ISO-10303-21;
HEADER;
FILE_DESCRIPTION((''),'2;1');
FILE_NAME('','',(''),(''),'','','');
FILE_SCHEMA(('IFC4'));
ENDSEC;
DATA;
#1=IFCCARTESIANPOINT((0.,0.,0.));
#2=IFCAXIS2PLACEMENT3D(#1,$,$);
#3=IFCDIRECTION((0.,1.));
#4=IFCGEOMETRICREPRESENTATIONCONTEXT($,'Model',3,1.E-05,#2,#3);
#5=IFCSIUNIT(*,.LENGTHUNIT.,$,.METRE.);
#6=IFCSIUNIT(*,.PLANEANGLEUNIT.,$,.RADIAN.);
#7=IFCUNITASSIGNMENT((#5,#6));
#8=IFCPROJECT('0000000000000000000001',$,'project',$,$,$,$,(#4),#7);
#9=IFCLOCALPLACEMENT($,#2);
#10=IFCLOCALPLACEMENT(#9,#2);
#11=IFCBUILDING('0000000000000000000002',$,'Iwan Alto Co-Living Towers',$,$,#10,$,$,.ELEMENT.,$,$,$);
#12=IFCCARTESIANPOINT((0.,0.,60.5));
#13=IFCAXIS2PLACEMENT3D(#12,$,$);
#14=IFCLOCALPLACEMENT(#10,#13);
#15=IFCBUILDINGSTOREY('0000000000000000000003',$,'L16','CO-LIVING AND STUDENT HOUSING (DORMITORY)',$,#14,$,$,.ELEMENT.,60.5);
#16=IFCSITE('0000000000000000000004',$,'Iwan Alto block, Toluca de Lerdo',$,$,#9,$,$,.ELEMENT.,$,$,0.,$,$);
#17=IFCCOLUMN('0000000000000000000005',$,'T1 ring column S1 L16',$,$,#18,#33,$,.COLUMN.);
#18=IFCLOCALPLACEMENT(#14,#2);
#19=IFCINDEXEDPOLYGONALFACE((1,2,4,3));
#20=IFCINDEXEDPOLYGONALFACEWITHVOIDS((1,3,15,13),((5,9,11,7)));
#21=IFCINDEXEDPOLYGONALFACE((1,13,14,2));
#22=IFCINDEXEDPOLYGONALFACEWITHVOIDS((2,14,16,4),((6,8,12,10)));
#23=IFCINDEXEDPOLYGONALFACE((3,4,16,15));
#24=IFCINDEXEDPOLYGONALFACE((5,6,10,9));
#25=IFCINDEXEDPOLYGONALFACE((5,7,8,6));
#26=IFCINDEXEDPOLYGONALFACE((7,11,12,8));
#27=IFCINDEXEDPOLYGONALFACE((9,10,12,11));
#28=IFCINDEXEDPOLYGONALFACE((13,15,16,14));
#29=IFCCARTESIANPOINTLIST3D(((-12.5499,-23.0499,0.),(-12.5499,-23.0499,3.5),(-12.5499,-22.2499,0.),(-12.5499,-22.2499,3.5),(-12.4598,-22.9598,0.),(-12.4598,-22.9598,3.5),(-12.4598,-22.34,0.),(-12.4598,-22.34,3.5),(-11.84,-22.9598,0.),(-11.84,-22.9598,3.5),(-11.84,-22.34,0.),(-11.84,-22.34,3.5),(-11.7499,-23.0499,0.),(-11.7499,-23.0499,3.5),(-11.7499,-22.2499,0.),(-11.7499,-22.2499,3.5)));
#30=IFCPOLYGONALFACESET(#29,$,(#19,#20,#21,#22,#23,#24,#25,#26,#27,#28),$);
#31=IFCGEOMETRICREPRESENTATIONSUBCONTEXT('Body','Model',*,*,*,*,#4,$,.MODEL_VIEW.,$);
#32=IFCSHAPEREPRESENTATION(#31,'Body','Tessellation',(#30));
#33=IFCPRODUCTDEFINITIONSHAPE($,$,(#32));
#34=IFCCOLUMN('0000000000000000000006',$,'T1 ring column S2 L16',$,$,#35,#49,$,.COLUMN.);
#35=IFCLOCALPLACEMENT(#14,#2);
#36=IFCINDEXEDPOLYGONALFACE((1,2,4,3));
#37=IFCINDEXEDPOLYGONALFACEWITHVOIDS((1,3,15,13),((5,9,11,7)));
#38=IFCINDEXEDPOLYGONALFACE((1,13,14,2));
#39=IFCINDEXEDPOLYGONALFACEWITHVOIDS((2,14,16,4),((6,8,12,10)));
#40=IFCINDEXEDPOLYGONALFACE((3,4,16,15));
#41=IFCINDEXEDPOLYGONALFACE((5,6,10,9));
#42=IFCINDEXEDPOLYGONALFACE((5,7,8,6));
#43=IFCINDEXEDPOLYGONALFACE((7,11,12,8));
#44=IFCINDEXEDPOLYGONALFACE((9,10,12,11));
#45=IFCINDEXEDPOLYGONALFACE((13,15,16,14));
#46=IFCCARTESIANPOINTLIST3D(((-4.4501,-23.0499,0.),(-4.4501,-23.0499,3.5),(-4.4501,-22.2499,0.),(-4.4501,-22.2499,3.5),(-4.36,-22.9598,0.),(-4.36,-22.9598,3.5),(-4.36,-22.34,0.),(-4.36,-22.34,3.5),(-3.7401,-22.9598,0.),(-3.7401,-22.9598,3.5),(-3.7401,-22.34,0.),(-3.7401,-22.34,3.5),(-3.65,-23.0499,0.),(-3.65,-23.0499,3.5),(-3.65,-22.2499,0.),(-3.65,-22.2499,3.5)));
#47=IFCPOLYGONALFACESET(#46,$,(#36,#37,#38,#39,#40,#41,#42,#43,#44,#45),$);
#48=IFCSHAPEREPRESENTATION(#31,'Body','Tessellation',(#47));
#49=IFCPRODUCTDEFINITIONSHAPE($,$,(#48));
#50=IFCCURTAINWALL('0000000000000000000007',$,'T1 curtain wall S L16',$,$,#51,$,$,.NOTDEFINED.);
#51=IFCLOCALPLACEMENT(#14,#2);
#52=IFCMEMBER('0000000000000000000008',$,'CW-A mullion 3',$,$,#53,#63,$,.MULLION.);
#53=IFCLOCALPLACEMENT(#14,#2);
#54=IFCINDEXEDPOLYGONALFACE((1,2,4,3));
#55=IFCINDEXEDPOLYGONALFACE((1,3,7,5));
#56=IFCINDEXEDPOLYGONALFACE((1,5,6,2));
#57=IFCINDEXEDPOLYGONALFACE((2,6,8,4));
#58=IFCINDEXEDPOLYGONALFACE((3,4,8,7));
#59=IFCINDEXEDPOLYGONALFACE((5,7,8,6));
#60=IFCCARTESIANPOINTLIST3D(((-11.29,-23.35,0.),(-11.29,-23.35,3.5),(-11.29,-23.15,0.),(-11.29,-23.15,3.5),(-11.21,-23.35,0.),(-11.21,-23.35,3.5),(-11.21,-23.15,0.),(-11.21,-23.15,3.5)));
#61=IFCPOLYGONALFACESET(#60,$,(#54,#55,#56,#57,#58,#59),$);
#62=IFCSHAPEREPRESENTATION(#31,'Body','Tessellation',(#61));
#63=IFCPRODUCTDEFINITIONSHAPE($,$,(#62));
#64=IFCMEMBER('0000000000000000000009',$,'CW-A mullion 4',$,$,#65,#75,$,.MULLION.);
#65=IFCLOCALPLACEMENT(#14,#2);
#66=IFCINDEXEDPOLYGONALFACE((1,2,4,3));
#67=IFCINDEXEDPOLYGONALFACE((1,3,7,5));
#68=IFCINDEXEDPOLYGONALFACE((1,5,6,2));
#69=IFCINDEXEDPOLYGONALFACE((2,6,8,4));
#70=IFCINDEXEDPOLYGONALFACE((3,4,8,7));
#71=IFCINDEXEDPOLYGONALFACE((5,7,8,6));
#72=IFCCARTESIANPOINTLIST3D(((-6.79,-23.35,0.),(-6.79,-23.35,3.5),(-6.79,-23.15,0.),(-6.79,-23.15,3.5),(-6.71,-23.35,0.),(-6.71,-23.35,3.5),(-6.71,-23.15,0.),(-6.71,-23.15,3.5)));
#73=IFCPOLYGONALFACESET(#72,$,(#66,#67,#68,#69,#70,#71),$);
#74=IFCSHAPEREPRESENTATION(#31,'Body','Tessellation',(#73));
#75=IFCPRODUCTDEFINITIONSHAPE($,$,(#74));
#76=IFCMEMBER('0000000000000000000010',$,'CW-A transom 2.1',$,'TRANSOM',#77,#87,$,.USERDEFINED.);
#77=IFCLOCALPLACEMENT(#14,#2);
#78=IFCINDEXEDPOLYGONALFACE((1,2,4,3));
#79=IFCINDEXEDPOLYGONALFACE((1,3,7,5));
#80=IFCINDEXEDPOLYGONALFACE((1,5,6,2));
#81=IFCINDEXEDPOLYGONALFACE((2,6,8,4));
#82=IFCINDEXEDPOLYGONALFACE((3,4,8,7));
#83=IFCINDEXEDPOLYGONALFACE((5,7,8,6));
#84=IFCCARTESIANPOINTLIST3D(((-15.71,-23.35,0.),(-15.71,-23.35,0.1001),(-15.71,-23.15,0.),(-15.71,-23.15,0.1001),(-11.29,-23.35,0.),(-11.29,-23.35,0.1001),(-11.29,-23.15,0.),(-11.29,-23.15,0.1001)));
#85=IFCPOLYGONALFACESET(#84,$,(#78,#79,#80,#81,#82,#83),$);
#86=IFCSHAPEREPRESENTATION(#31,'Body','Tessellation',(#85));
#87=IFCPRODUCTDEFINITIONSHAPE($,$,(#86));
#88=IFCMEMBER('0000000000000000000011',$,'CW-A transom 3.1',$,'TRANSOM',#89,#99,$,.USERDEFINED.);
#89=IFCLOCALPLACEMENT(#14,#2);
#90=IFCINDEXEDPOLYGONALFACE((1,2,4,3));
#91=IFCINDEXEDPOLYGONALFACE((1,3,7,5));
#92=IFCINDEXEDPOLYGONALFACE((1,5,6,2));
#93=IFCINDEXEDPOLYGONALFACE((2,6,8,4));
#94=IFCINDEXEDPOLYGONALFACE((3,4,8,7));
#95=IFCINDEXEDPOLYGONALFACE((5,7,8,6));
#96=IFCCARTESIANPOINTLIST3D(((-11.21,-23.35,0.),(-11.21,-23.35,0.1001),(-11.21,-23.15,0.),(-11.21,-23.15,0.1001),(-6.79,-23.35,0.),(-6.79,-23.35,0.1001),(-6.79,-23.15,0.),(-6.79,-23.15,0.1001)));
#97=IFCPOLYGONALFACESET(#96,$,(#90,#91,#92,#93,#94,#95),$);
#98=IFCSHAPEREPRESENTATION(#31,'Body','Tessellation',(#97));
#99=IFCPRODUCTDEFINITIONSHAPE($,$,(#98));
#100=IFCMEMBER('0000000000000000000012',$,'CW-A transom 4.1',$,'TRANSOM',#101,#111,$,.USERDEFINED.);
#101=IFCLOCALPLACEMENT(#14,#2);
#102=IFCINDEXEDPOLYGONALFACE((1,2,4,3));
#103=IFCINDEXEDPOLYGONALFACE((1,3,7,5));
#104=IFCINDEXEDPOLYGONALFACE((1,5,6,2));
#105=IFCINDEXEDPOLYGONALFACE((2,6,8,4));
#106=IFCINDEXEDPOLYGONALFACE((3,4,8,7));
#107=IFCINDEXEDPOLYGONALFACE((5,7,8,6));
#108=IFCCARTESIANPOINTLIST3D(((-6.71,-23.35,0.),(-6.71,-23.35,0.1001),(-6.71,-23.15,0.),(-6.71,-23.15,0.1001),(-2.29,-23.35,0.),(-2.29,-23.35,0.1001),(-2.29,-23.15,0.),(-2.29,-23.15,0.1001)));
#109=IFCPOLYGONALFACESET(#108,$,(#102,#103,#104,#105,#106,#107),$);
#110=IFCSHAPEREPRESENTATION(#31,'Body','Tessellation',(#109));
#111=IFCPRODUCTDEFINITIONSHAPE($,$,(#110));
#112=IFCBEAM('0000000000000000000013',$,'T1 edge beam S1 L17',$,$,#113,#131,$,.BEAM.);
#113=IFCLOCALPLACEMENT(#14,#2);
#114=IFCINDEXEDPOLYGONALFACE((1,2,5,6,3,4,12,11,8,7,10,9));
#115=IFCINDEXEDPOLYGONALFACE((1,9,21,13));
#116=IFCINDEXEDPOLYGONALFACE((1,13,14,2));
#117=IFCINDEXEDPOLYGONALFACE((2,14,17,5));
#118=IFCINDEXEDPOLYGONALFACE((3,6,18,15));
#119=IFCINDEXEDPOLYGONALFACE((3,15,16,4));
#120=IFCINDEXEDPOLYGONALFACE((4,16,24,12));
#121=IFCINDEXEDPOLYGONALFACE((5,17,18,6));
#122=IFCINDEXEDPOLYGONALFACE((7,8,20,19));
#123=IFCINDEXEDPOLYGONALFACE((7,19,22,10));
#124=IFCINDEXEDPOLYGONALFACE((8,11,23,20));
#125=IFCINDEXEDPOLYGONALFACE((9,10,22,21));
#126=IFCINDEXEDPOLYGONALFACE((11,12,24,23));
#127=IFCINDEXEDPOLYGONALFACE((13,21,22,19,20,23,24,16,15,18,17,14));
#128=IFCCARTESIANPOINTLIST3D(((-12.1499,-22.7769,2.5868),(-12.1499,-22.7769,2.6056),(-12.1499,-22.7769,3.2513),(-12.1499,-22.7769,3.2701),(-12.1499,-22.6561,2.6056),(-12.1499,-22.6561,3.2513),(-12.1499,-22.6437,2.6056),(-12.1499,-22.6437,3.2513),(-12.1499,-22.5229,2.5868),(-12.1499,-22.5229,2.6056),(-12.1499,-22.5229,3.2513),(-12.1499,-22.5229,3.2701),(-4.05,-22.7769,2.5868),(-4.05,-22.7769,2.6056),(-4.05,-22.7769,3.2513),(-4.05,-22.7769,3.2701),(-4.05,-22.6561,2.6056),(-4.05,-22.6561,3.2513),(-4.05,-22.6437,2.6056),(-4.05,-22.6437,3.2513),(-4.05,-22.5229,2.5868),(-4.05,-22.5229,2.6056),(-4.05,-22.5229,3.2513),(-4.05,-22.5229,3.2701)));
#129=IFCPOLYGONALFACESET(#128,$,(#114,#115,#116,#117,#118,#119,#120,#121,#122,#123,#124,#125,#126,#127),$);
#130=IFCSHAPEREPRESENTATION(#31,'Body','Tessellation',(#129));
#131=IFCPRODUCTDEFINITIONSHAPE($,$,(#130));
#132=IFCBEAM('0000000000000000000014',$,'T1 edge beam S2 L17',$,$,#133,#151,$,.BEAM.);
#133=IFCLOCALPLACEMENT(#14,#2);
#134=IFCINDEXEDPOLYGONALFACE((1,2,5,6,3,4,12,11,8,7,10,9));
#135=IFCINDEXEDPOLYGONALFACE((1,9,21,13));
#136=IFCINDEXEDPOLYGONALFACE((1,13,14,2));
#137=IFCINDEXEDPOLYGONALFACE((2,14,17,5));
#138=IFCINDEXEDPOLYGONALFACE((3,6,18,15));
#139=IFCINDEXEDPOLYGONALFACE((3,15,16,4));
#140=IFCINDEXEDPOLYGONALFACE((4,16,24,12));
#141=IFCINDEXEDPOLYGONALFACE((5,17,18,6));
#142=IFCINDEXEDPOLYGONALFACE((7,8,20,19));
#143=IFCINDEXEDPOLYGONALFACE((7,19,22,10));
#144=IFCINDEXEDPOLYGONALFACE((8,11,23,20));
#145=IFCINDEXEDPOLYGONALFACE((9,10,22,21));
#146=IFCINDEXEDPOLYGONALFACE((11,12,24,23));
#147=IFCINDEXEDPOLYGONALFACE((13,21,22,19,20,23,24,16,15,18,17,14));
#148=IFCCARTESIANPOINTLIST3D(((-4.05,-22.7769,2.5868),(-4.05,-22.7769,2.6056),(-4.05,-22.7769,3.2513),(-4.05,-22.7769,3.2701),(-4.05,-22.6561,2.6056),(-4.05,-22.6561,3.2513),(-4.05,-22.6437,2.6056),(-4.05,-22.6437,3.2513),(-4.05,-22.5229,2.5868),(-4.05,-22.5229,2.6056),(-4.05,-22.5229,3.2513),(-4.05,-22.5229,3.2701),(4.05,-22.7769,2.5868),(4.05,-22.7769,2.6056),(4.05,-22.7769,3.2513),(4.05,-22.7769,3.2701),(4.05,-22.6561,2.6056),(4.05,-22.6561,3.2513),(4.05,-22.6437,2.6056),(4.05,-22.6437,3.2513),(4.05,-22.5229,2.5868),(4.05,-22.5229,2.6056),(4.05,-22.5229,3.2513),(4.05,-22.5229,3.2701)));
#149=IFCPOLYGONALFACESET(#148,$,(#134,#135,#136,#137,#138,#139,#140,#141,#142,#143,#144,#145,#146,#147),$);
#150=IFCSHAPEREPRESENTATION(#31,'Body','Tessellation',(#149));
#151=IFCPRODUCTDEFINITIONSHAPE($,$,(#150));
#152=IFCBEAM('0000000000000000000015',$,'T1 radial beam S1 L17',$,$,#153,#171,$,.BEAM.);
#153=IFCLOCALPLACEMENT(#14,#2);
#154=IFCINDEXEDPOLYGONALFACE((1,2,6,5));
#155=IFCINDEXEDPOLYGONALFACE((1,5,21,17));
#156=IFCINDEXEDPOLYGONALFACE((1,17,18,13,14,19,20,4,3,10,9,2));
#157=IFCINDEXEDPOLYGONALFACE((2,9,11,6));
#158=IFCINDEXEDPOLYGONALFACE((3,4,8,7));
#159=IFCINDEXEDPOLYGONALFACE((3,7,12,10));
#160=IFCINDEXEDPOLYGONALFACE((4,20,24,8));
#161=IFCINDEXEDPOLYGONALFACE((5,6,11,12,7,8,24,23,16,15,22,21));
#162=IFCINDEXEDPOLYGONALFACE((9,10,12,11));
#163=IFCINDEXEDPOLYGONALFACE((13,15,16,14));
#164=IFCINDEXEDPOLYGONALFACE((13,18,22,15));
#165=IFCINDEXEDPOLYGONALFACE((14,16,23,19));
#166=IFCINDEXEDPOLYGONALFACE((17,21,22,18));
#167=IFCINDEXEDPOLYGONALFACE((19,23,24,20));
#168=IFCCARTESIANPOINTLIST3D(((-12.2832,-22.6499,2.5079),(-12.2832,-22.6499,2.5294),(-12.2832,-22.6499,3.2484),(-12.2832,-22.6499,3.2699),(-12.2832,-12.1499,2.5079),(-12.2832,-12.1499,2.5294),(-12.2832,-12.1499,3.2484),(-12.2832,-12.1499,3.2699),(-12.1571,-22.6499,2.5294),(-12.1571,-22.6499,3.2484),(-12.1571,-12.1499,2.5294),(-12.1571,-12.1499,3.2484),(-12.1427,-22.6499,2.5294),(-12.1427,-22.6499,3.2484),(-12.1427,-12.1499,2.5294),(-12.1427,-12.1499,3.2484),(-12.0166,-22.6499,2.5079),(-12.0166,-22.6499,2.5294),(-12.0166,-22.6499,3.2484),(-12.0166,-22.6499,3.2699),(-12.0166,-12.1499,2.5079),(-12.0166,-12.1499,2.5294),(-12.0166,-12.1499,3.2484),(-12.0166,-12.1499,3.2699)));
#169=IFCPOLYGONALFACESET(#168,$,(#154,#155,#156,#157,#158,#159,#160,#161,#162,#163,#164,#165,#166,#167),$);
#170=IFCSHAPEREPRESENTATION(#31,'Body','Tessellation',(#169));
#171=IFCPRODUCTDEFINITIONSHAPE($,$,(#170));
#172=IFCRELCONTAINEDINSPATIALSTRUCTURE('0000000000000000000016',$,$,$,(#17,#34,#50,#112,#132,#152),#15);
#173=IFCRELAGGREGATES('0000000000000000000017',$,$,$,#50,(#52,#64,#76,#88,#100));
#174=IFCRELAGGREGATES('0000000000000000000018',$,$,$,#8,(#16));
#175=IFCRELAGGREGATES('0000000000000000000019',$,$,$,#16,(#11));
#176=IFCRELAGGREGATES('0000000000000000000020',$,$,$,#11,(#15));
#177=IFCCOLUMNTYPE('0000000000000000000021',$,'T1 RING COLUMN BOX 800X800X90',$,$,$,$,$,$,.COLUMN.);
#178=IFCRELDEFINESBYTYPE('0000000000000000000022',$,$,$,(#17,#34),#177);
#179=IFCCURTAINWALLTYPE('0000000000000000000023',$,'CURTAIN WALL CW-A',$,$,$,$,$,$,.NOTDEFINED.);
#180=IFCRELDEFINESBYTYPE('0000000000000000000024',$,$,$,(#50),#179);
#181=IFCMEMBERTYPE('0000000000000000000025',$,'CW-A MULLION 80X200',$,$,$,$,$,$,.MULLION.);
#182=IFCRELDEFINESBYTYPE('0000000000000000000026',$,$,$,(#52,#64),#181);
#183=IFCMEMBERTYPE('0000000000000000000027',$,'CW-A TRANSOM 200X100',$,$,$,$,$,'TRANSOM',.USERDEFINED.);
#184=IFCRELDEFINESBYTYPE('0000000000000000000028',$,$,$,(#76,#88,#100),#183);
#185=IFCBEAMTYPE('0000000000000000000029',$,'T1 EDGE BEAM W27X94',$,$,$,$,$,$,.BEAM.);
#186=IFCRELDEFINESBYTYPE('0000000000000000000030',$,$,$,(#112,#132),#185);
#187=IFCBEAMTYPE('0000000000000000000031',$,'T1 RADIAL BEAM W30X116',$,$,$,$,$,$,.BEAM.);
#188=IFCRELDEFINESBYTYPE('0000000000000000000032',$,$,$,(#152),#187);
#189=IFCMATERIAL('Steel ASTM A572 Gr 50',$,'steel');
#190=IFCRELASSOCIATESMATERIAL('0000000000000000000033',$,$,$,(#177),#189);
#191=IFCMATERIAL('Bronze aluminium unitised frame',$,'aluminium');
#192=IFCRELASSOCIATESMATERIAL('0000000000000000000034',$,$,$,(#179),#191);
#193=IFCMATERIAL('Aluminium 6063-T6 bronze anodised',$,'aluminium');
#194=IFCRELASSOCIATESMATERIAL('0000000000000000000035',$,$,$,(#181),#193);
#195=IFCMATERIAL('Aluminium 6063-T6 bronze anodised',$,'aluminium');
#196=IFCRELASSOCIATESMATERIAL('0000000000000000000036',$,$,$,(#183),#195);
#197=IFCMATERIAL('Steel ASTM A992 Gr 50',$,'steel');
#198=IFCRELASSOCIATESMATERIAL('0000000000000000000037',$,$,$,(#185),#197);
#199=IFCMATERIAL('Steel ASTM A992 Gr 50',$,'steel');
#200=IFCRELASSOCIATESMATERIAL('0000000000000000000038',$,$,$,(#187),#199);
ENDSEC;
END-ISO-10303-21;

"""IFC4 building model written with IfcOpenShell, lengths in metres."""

from ifc_helpers import new_model, si_unit, direction, frame, origin, origin_2d, place, context, subcontext, project, spatial, rectangle, hollow_rectangle, i_section, extrude, material, material_profile, profile_set, type_object, element, aggregate, save


model = new_model("IFC4")

# Units and contexts
model_context = context("Model", 3, precision=1e-05, world=origin(), true_north=direction((0.0, 1.0)))
body_context = subcontext(model_context, "Body", "Model", "MODEL_VIEW")
ifc_project = project(units=[si_unit("LENGTHUNIT", "METRE"), si_unit("PLANEANGLEUNIT", "RADIAN")], contexts=[model_context])

# Site, building, storey
site_placement = place(None, origin())
site = spatial("IfcSite", under=ifc_project, at=site_placement, Name="Iwan Alto block, Toluca de Lerdo", CompositionType="ELEMENT", RefElevation=0.0)
building_placement = place(site_placement, origin())
building = spatial("IfcBuilding", under=site, at=building_placement, Name="Iwan Alto Co-Living Towers", CompositionType="ELEMENT")
storey_placement = place(building_placement, frame((0.0, 0.0, 60.5)))
storey = spatial("IfcBuildingStorey", under=building, at=storey_placement, Name="L16", Description="CO-LIVING AND STUDENT HOUSING (DORMITORY)", CompositionType="ELEMENT", Elevation=60.5)

# Columns
ifc_material_1 = material(Name="Steel ASTM A572 Gr 50", Category="steel")
ifc_material_profile_1 = material_profile(ifc_material_1, hollow_rectangle(XDim=0.8, YDim=0.8, WallThickness=0.0901, at=origin_2d()), Name="BOX 800X800X90")
ifc_profile_set_1 = profile_set([ifc_material_profile_1], Name="Steel ASTM A572 Gr 50")
column_type = type_object("IfcColumnType", Name="T1 RING COLUMN BOX 800X800X90", PredefinedType="COLUMN", material=ifc_profile_set_1)
for number, where, z_axis, x_axis, name in (
    (1, (-12.1499, -22.6499, 0.0), (0.0, 0.0, 1.0), (1.0, 0.0, 0.0), "T1 ring column S1 L16"),
    (2, (-4.05, -22.6499, 0.0), (0.0, 0.0, 1.0), (1.0, 0.0, 0.0), "T1 ring column S2 L16"),
):
    element("IfcColumn", number, at=place(storey_placement, frame(where, z_axis=z_axis, x_axis=x_axis)), inside=storey, type_object=column_type, Name=name, PredefinedType="COLUMN", context=body_context, shape_type="SweptSolid", body=[
        extrude(hollow_rectangle(XDim=0.8, YDim=0.8, WallThickness=0.0901, at=origin_2d()), origin(), (0.0, 0.0, 1.0), 3.5),
    ])

# Curtain wall, members
ifc_material_2 = material(Name="Bronze aluminium unitised frame", Category="aluminium")
curtain_wall_type = type_object("IfcCurtainWallType", Name="CURTAIN WALL CW-A", PredefinedType="NOTDEFINED", material=ifc_material_2)
curtain_wall_placement = place(storey_placement, origin())
curtain_wall = element("IfcCurtainWall", 3, at=curtain_wall_placement, inside=storey, type_object=curtain_wall_type, Name="T1 curtain wall S L16", PredefinedType="NOTDEFINED")
ifc_material_3 = material(Name="Aluminium 6063-T6 bronze anodised", Category="aluminium")
ifc_material_profile_2 = material_profile(ifc_material_3, rectangle(XDim=0.2, YDim=0.0801, at=origin_2d()), Name="AL 80X200")
ifc_profile_set_2 = profile_set([ifc_material_profile_2], Name="Aluminium 6063-T6 bronze anodised")
member_type_1 = type_object("IfcMemberType", Name="CW-A MULLION 80X200", PredefinedType="MULLION", material=ifc_profile_set_2)
member_1_placement = place(storey_placement, frame((-11.25, -23.25, 0.0), z_axis=(0.0, 0.0, 1.0), x_axis=(0.0, 1.0, 0.0)))
member_1 = element("IfcMember", 4, at=member_1_placement, type_object=member_type_1, Name="CW-A mullion 3", PredefinedType="MULLION", context=body_context, shape_type="SweptSolid", body=[
    extrude(rectangle(XDim=0.2, YDim=0.0801, at=origin_2d()), origin(), (0.0, 0.0, 1.0), 3.5),
])
member_2_placement = place(storey_placement, frame((-6.75, -23.25, 0.0), z_axis=(0.0, 0.0, 1.0), x_axis=(0.0, 1.0, 0.0)))
member_2 = element("IfcMember", 5, at=member_2_placement, type_object=member_type_1, Name="CW-A mullion 4", PredefinedType="MULLION", context=body_context, shape_type="SweptSolid", body=[
    extrude(rectangle(XDim=0.2, YDim=0.0801, at=origin_2d()), origin(), (0.0, 0.0, 1.0), 3.5),
])
ifc_material_4 = material(Name="Aluminium 6063-T6 bronze anodised", Category="aluminium")
ifc_material_profile_3 = material_profile(ifc_material_4, rectangle(XDim=0.2, YDim=0.1001, at=origin_2d()), Name="AL 200X100")
ifc_profile_set_3 = profile_set([ifc_material_profile_3], Name="Aluminium 6063-T6 bronze anodised")
member_type_2 = type_object("IfcMemberType", Name="CW-A TRANSOM 200X100", ElementType="TRANSOM", PredefinedType="USERDEFINED", material=ifc_profile_set_3)
member_3_placement = place(storey_placement, frame((-15.71, -23.25, 0.05), z_axis=(1.0, 0.0, 0.0), x_axis=(0.0, 1.0, 0.0)))
member_3 = element("IfcMember", 6, at=member_3_placement, type_object=member_type_2, Name="CW-A transom 2.1", ObjectType="TRANSOM", PredefinedType="USERDEFINED", context=body_context, shape_type="SweptSolid", body=[
    extrude(rectangle(XDim=0.2, YDim=0.1001, at=origin_2d()), origin(), (0.0, 0.0, 1.0), 4.4199),
])
member_4_placement = place(storey_placement, frame((-11.21, -23.25, 0.05), z_axis=(1.0, 0.0, 0.0), x_axis=(0.0, 1.0, 0.0)))
member_4 = element("IfcMember", 7, at=member_4_placement, type_object=member_type_2, Name="CW-A transom 3.1", ObjectType="TRANSOM", PredefinedType="USERDEFINED", context=body_context, shape_type="SweptSolid", body=[
    extrude(rectangle(XDim=0.2, YDim=0.1001, at=origin_2d()), origin(), (0.0, 0.0, 1.0), 4.4199),
])
member_5_placement = place(storey_placement, frame((-6.71, -23.25, 0.05), z_axis=(1.0, 0.0, 0.0), x_axis=(0.0, 1.0, 0.0)))
member_5 = element("IfcMember", 8, at=member_5_placement, type_object=member_type_2, Name="CW-A transom 4.1", ObjectType="TRANSOM", PredefinedType="USERDEFINED", context=body_context, shape_type="SweptSolid", body=[
    extrude(rectangle(XDim=0.2, YDim=0.1001, at=origin_2d()), origin(), (0.0, 0.0, 1.0), 4.4199),
])

# Beams
ifc_material_5 = material(Name="Steel ASTM A992 Gr 50", Category="steel")
ifc_material_profile_4 = material_profile(ifc_material_5, i_section(OverallWidth=0.2539, OverallDepth=0.6833, WebThickness=0.0125, FlangeThickness=0.0188, at=origin_2d()), Name="W27X94")
ifc_profile_set_4 = profile_set([ifc_material_profile_4], Name="Steel ASTM A992 Gr 50")
beam_type_1 = type_object("IfcBeamType", Name="T1 EDGE BEAM W27X94", PredefinedType="BEAM", material=ifc_profile_set_4)
beam_1_placement = place(storey_placement, frame((-12.1499, -22.6499, 2.9285), z_axis=(1.0, 0.0, 0.0), x_axis=(0.0, 1.0, 0.0)))
element("IfcBeam", 9, at=beam_1_placement, inside=storey, type_object=beam_type_1, Name="T1 edge beam S1 L17", PredefinedType="BEAM", context=body_context, shape_type="SweptSolid", body=[
    extrude(i_section(OverallWidth=0.2539, OverallDepth=0.6833, WebThickness=0.0125, FlangeThickness=0.0188, at=origin_2d()), origin(), (0.0, 0.0, 1.0), 8.0999),
])
beam_2_placement = place(storey_placement, frame((-4.05, -22.6499, 2.9285), z_axis=(1.0, 0.0, 0.0), x_axis=(0.0, 1.0, 0.0)))
element("IfcBeam", 10, at=beam_2_placement, inside=storey, type_object=beam_type_1, Name="T1 edge beam S2 L17", PredefinedType="BEAM", context=body_context, shape_type="SweptSolid", body=[
    extrude(i_section(OverallWidth=0.2539, OverallDepth=0.6833, WebThickness=0.0125, FlangeThickness=0.0188, at=origin_2d()), origin(), (0.0, 0.0, 1.0), 8.1001),
])
ifc_material_6 = material(Name="Steel ASTM A992 Gr 50", Category="steel")
ifc_material_profile_5 = material_profile(ifc_material_6, i_section(OverallWidth=0.2666, OverallDepth=0.762, WebThickness=0.0144, FlangeThickness=0.0215, at=origin_2d()), Name="W30X116")
ifc_profile_set_5 = profile_set([ifc_material_profile_5], Name="Steel ASTM A992 Gr 50")
beam_type_2 = type_object("IfcBeamType", Name="T1 RADIAL BEAM W30X116", PredefinedType="BEAM", material=ifc_profile_set_5)
beam_3_placement = place(storey_placement, frame((-12.1499, -22.6499, 2.8889), z_axis=(0.0, 1.0, 0.0), x_axis=(-1.0, 0.0, 0.0)))
element("IfcBeam", 11, at=beam_3_placement, inside=storey, type_object=beam_type_2, Name="T1 radial beam S1 L17", PredefinedType="BEAM", context=body_context, shape_type="SweptSolid", body=[
    extrude(i_section(OverallWidth=0.2666, OverallDepth=0.762, WebThickness=0.0144, FlangeThickness=0.0215, at=origin_2d()), origin(), (0.0, 0.0, 1.0), 10.5),
])

aggregate(curtain_wall, [member_1, member_2, member_3, member_4, member_5])

save(model, "model.ifc")
